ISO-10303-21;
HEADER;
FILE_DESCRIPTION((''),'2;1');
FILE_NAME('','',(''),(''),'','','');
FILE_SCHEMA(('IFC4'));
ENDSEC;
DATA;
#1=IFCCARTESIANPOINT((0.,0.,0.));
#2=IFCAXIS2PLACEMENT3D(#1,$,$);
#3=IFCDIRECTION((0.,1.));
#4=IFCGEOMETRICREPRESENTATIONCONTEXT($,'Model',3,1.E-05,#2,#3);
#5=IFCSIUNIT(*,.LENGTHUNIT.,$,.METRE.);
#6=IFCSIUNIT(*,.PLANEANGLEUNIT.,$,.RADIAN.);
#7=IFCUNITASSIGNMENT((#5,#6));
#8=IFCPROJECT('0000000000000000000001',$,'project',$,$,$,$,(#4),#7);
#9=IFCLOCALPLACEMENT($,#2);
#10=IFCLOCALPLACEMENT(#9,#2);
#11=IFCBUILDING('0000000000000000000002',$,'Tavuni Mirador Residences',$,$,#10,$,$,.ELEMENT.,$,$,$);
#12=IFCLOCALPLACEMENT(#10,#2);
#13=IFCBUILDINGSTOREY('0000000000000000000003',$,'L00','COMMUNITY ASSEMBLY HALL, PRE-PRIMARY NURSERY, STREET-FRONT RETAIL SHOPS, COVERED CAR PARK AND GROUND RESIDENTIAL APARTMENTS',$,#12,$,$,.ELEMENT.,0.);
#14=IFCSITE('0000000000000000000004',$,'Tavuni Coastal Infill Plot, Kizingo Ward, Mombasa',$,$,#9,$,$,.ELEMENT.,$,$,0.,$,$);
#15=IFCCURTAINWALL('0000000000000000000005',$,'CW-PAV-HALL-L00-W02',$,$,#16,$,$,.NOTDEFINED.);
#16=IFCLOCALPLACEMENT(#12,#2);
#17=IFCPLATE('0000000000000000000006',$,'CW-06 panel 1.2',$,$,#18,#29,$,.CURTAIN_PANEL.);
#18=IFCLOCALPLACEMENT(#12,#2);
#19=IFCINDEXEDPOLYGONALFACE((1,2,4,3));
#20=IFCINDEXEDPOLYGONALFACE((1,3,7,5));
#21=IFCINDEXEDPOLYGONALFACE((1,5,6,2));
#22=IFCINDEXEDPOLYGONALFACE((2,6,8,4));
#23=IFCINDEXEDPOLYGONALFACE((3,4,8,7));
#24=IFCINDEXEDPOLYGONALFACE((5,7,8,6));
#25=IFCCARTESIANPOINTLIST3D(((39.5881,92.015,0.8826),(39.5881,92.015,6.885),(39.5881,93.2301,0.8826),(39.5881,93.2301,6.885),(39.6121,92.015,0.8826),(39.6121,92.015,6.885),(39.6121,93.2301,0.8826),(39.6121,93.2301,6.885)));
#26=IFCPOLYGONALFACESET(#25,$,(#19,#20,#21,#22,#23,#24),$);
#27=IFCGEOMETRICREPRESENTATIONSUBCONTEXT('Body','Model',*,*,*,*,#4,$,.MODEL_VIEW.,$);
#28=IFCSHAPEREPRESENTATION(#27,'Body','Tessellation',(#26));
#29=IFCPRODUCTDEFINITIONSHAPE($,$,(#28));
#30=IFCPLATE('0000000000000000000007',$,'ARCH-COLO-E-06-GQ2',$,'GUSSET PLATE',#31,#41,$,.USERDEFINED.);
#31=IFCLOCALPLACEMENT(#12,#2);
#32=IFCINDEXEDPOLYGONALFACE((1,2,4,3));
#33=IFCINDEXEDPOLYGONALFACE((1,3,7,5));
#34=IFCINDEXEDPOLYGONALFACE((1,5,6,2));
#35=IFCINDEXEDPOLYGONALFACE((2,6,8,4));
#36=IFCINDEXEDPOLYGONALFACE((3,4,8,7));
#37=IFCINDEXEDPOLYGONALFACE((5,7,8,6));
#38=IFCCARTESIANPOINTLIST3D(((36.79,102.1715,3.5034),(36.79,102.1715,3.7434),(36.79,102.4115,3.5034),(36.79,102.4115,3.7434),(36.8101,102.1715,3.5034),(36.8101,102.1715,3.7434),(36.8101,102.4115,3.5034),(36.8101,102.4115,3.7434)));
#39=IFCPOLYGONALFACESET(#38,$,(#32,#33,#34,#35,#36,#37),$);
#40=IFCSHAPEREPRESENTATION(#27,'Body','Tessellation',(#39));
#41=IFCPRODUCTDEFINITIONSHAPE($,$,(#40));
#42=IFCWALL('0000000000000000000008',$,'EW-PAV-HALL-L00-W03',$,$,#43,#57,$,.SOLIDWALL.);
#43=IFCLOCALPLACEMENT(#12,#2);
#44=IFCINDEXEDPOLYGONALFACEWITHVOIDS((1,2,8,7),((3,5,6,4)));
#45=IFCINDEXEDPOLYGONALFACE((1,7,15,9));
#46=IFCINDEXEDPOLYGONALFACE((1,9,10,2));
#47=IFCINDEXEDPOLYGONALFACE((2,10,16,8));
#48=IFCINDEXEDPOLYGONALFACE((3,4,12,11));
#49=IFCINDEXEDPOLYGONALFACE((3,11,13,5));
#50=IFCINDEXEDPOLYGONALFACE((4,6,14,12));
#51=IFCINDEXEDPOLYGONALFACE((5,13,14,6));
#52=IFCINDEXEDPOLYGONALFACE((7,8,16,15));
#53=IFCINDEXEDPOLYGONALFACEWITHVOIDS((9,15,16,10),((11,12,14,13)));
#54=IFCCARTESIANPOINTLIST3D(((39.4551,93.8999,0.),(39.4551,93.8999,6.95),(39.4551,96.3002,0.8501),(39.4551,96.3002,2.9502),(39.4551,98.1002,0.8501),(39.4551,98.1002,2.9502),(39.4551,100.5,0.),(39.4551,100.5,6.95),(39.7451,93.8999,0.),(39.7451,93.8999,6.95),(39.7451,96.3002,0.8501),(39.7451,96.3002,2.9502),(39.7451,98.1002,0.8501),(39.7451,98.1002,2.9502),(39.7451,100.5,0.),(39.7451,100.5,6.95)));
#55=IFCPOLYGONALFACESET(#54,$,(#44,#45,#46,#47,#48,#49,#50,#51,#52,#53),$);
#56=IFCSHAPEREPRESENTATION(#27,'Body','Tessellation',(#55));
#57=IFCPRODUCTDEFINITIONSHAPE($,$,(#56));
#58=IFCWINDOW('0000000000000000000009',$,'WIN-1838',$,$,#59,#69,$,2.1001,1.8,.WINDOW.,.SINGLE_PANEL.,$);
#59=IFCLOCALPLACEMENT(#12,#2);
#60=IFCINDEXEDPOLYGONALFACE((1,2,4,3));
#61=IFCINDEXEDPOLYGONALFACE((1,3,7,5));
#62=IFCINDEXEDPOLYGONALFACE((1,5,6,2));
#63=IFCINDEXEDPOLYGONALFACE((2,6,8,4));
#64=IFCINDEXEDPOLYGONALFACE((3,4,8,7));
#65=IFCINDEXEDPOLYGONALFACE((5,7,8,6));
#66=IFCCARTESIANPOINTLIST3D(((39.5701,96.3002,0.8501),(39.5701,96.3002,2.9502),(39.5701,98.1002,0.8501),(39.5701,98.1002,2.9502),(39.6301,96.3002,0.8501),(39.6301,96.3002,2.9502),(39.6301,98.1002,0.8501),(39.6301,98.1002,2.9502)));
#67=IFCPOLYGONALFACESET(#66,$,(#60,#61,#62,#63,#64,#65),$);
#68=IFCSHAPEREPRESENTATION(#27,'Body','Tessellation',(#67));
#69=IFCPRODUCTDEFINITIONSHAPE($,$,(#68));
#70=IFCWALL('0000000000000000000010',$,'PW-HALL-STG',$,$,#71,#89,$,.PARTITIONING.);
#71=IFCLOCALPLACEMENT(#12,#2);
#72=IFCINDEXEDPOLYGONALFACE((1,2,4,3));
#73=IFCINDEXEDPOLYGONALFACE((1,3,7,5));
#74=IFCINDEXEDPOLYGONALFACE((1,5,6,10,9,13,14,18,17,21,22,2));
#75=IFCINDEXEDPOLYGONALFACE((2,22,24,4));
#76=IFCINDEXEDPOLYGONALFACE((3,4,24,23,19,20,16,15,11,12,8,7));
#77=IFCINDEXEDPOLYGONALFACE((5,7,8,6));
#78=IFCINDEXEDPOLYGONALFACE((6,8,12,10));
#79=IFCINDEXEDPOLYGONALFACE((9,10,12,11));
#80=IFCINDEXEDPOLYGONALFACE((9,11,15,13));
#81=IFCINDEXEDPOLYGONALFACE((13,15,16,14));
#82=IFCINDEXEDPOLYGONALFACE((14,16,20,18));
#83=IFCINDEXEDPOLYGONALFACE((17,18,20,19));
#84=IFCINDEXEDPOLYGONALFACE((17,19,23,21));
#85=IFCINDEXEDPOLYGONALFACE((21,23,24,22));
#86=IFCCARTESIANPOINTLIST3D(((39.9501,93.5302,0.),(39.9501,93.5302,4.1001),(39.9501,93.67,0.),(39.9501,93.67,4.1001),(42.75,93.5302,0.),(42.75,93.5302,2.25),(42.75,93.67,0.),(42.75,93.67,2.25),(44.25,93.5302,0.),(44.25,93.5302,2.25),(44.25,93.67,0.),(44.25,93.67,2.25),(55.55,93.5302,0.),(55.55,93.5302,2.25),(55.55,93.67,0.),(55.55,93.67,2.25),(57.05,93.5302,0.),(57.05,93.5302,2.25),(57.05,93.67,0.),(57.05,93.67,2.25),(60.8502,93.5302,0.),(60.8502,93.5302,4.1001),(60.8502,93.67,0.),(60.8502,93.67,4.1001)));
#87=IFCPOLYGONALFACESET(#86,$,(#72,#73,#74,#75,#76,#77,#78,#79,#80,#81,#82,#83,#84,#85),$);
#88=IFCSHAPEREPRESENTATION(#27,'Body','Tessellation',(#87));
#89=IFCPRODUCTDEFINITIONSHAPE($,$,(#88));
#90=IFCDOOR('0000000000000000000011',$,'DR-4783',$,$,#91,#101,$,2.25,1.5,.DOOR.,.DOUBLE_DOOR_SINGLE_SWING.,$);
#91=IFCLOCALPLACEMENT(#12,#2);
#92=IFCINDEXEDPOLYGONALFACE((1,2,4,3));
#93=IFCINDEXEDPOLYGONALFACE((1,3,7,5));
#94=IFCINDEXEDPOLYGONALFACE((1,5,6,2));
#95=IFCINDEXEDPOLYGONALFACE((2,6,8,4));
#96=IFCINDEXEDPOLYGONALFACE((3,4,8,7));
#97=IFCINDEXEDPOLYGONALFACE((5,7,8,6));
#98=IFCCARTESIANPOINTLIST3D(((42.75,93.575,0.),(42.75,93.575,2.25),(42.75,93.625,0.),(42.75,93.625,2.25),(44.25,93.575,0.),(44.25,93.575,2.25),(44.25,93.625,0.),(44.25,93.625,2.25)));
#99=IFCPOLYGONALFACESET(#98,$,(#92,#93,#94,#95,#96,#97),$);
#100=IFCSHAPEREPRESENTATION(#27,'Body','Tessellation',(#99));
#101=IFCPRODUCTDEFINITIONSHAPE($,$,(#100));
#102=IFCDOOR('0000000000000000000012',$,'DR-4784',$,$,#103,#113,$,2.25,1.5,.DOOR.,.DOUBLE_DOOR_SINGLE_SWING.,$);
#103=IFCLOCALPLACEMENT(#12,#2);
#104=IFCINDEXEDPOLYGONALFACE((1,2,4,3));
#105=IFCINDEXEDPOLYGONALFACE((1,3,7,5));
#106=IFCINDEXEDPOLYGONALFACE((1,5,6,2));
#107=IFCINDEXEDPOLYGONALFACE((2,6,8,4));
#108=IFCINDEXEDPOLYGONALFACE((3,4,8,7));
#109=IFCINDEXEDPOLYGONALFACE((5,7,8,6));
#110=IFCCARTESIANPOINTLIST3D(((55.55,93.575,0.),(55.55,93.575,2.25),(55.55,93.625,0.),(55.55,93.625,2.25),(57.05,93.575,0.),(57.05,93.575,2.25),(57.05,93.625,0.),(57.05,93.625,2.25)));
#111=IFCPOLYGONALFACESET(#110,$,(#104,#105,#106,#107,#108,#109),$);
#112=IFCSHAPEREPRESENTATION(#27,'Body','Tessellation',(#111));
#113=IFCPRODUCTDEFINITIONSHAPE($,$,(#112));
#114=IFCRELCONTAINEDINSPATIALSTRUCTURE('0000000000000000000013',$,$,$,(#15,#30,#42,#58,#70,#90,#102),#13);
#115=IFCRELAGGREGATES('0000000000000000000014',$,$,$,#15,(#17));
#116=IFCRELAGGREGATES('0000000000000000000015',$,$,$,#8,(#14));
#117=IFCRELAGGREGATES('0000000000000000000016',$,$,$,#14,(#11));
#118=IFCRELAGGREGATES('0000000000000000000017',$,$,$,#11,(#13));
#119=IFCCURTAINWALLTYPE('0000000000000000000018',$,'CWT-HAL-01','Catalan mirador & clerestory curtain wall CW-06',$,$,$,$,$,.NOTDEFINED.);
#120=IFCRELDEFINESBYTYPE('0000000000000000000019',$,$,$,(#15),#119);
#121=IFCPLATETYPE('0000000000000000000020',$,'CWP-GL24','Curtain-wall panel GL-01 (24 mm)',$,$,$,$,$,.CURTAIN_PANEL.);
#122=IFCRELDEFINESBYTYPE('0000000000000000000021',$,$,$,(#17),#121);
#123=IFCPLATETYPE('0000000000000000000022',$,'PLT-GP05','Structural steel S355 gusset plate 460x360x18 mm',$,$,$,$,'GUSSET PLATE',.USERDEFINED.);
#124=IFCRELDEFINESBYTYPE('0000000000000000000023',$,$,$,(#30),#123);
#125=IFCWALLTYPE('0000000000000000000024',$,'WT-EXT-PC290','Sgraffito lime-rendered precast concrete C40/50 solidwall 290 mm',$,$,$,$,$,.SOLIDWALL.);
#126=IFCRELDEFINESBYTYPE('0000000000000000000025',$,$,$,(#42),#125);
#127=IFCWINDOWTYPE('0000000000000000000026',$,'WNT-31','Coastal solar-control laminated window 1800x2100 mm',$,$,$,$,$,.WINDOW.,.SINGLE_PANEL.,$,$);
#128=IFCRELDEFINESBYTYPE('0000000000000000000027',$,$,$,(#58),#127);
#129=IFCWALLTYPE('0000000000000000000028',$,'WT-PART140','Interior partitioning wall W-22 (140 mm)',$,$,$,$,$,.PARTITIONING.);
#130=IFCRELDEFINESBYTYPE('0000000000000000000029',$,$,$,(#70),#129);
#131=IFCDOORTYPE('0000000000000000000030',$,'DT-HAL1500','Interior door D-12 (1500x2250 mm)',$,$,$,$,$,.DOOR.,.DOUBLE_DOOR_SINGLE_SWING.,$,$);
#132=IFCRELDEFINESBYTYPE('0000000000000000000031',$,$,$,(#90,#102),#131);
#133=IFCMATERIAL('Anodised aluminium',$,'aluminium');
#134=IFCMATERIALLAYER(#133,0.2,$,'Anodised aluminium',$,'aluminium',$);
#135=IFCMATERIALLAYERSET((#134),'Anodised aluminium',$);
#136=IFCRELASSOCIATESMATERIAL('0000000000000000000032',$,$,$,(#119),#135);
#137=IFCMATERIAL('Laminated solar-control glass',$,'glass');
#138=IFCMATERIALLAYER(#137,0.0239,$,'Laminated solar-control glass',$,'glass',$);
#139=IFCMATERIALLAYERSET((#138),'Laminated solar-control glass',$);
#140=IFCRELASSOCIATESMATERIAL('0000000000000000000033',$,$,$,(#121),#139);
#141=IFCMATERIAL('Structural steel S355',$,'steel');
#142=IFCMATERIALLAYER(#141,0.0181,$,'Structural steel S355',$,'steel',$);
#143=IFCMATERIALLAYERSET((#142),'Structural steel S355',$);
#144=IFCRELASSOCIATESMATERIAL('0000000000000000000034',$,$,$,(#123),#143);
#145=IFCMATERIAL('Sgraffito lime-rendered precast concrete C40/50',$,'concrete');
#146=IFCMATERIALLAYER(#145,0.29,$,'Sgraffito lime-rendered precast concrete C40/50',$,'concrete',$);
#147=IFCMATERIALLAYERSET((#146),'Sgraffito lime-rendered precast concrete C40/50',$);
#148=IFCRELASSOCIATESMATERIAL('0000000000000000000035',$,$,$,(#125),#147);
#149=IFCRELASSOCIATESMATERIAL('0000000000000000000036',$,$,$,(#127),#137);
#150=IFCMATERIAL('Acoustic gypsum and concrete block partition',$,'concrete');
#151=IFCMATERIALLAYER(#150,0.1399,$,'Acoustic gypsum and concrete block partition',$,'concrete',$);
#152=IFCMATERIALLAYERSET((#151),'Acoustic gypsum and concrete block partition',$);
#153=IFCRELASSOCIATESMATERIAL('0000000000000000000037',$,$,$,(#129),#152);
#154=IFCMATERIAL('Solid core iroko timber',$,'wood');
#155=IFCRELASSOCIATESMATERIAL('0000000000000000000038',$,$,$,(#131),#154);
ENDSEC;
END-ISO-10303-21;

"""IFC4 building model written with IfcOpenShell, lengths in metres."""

from ifc_helpers import new_model, si_unit, direction, frame, frame_2d, origin, origin_2d, place, context, subcontext, project, spatial, rectangle, extrude, material, layer, layer_set, type_object, element, fill, aggregate, save


model = new_model("IFC4")

# Units and contexts
model_context = context("Model", 3, precision=1e-05, world=origin(), true_north=direction((0.0, 1.0)))
body_context = subcontext(model_context, "Body", "Model", "MODEL_VIEW")
ifc_project = project(units=[si_unit("LENGTHUNIT", "METRE"), si_unit("PLANEANGLEUNIT", "RADIAN")], contexts=[model_context])

# Site, building, storey
site_placement = place(None, origin())
site = spatial("IfcSite", under=ifc_project, at=site_placement, Name="Tavuni Coastal Infill Plot, Kizingo Ward, Mombasa", CompositionType="ELEMENT", RefElevation=0.0)
building_placement = place(site_placement, origin())
building = spatial("IfcBuilding", under=site, at=building_placement, Name="Tavuni Mirador Residences", CompositionType="ELEMENT")
storey_placement = place(building_placement, origin())
storey = spatial("IfcBuildingStorey", under=building, at=storey_placement, Name="L00", Description="COMMUNITY ASSEMBLY HALL, PRE-PRIMARY NURSERY, STREET-FRONT RETAIL SHOPS, COVERED CAR PARK AND GROUND RESIDENTIAL APARTMENTS", CompositionType="ELEMENT", Elevation=0.0)

# Shared definitions
ifc_material_1 = material(Name="Structural steel S355", Category="steel")

# Curtain wall
ifc_material_2 = material(Name="Anodised aluminium", Category="aluminium")
ifc_layer_1 = layer(ifc_material_2, 0.2, Name="Anodised aluminium", Category="aluminium")
ifc_layer_set_1 = layer_set([ifc_layer_1], Name="Anodised aluminium")
curtain_wall_type = type_object("IfcCurtainWallType", Name="CWT-HAL-01", Description="Catalan mirador & clerestory curtain wall CW-06", PredefinedType="NOTDEFINED", material=ifc_layer_set_1)
curtain_wall_placement = place(storey_placement, origin())
curtain_wall = element("IfcCurtainWall", 1, at=curtain_wall_placement, inside=storey, type_object=curtain_wall_type, Name="CW-PAV-HALL-L00-W02", PredefinedType="NOTDEFINED")

# Plates
ifc_material_3 = material(Name="Laminated solar-control glass", Category="glass")
ifc_layer_2 = layer(ifc_material_3, 0.0239, Name="Laminated solar-control glass", Category="glass")
ifc_layer_set_2 = layer_set([ifc_layer_2], Name="Laminated solar-control glass")
plate_type_1 = type_object("IfcPlateType", Name="CWP-GL24", Description="Curtain-wall panel GL-01 (24 mm)", PredefinedType="CURTAIN_PANEL", material=ifc_layer_set_2)
plate_1_placement = place(storey_placement, frame((39.6001, 92.6226, 0.8826), z_axis=(0.0, 0.0, 1.0), x_axis=(0.0, -1.0, 0.0)))
plate_1 = element("IfcPlate", 2, at=plate_1_placement, type_object=plate_type_1, Name="CW-06 panel 1.2", PredefinedType="CURTAIN_PANEL", context=body_context, shape_type="SweptSolid", body=[
    extrude(rectangle(XDim=1.2151, YDim=0.0239, at=origin_2d()), origin(), (0.0, 0.0, 1.0), 6.0024),
])
aggregate(curtain_wall, [plate_1])
ifc_layer_3 = layer(ifc_material_1, 0.0181, Name="Structural steel S355", Category="steel")
ifc_layer_set_3 = layer_set([ifc_layer_3], Name="Structural steel S355")
plate_type_2 = type_object("IfcPlateType", Name="PLT-GP05", Description="Structural steel S355 gusset plate 460x360x18 mm", ElementType="GUSSET PLATE", PredefinedType="USERDEFINED", material=ifc_layer_set_3)
plate_2_placement = place(storey_placement, frame((36.8, 102.2915, 3.5034), z_axis=(0.0, 0.0, 1.0), x_axis=(1.0, 0.0, 0.0)))
element("IfcPlate", 3, at=plate_2_placement, inside=storey, type_object=plate_type_2, Name="ARCH-COLO-E-06-GQ2", ObjectType="GUSSET PLATE", PredefinedType="USERDEFINED", context=body_context, shape_type="SweptSolid", body=[
    extrude(rectangle(XDim=0.02, YDim=0.24, at=origin_2d()), origin(), (0.0, 0.0, 1.0), 0.24),
])

# Wall, opening, window
ifc_material_4 = material(Name="Sgraffito lime-rendered precast concrete C40/50", Category="concrete")
ifc_layer_4 = layer(ifc_material_4, 0.29, Name="Sgraffito lime-rendered precast concrete C40/50", Category="concrete")
ifc_layer_set_4 = layer_set([ifc_layer_4], Name="Sgraffito lime-rendered precast concrete C40/50")
wall_type_1 = type_object("IfcWallType", Name="WT-EXT-PC290", Description="Sgraffito lime-rendered precast concrete C40/50 solidwall 290 mm", PredefinedType="SOLIDWALL", material=ifc_layer_set_4)
wall_1_placement = place(storey_placement, frame((39.6001, 100.5, 0.0), z_axis=(0.0, 0.0, 1.0), x_axis=(0.0, -1.0, 0.0)))
wall_1 = element("IfcWall", 4, at=wall_1_placement, inside=storey, type_object=wall_type_1, Name="EW-PAV-HALL-L00-W03", PredefinedType="SOLIDWALL", context=body_context, shape_type="SweptSolid", body=[
    extrude(rectangle(XDim=6.6001, YDim=0.29, at=frame_2d((3.3, 0.0))), origin(), (0.0, 0.0, 1.0), 6.95),
])
opening_1_placement = place(wall_1_placement, frame((2.3999, 0.0, 0.8501)))
opening_1 = element("IfcOpeningElement", 5, at=opening_1_placement, cuts=wall_1, PredefinedType="OPENING", context=body_context, shape_type="SweptSolid", body=[
    extrude(rectangle(XDim=1.8, YDim=2.1001, at=frame_2d((0.8999, 1.05))), frame((0.0, 0.155, 0.0), z_axis=(0.0, -1.0, 0.0), x_axis=(1.0, 0.0, 0.0)), (0.0, 0.0, 1.0), 0.3101),
])
window_type = type_object("IfcWindowType", Name="WNT-31", Description="Coastal solar-control laminated window 1800x2100 mm", PartitioningType="SINGLE_PANEL", PredefinedType="WINDOW", material=ifc_material_3)
window_placement = place(opening_1_placement, origin())
window = element("IfcWindow", 6, at=window_placement, inside=storey, type_object=window_type, Name="WIN-1838", OverallHeight=2.1001, OverallWidth=1.8, PartitioningType="SINGLE_PANEL", PredefinedType="WINDOW", context=body_context, shape_type="SweptSolid", body=[
    extrude(rectangle(XDim=1.8, YDim=2.1001, at=frame_2d((0.8999, 1.05))), frame((0.0, 0.03, 0.0), z_axis=(0.0, -1.0, 0.0), x_axis=(1.0, 0.0, 0.0)), (0.0, 0.0, 1.0), 0.0601),
])
fill(opening_1, window)

# Wall, openings, doors
ifc_material_5 = material(Name="Acoustic gypsum and concrete block partition", Category="concrete")
ifc_layer_5 = layer(ifc_material_5, 0.1399, Name="Acoustic gypsum and concrete block partition", Category="concrete")
ifc_layer_set_5 = layer_set([ifc_layer_5], Name="Acoustic gypsum and concrete block partition")
wall_type_2 = type_object("IfcWallType", Name="WT-PART140", Description="Interior partitioning wall W-22 (140 mm)", PredefinedType="PARTITIONING", material=ifc_layer_set_5)
wall_2_placement = place(storey_placement, frame((39.95, 93.6001, 0.0), z_axis=(0.0, 0.0, 1.0), x_axis=(1.0, 0.0, 0.0)))
wall_2 = element("IfcWall", 7, at=wall_2_placement, inside=storey, type_object=wall_type_2, Name="PW-HALL-STG", PredefinedType="PARTITIONING", context=body_context, shape_type="SweptSolid", body=[
    extrude(rectangle(XDim=20.9001, YDim=0.1399, at=frame_2d((10.4502, 0.0))), origin(), (0.0, 0.0, 1.0), 4.1001),
])
opening_2_placement = place(wall_2_placement, frame((2.8, 0.0, 0.0)))
opening_2 = element("IfcOpeningElement", 8, at=opening_2_placement, cuts=wall_2, PredefinedType="OPENING", context=body_context, shape_type="SweptSolid", body=[
    extrude(rectangle(XDim=1.5, YDim=2.25, at=frame_2d((0.75, 1.125))), frame((0.0, 0.0801, 0.0), z_axis=(0.0, -1.0, 0.0), x_axis=(1.0, 0.0, 0.0)), (0.0, 0.0, 1.0), 0.1599),
])
opening_3_placement = place(wall_2_placement, frame((15.6001, 0.0, 0.0)))
opening_3 = element("IfcOpeningElement", 9, at=opening_3_placement, cuts=wall_2, PredefinedType="OPENING", context=body_context, shape_type="SweptSolid", body=[
    extrude(rectangle(XDim=1.5, YDim=2.25, at=frame_2d((0.75, 1.125))), frame((0.0, 0.0801, 0.0), z_axis=(0.0, -1.0, 0.0), x_axis=(1.0, 0.0, 0.0)), (0.0, 0.0, 1.0), 0.1599),
])
ifc_material_6 = material(Name="Solid core iroko timber", Category="wood")
door_type = type_object("IfcDoorType", Name="DT-HAL1500", Description="Interior door D-12 (1500x2250 mm)", OperationType="DOUBLE_DOOR_SINGLE_SWING", PredefinedType="DOOR", material=ifc_material_6)
door_1_placement = place(opening_2_placement, origin())
door_1 = element("IfcDoor", 10, at=door_1_placement, inside=storey, type_object=door_type, Name="DR-4783", OperationType="DOUBLE_DOOR_SINGLE_SWING", OverallHeight=2.25, OverallWidth=1.5, PredefinedType="DOOR", context=body_context, shape_type="SweptSolid", body=[
    extrude(rectangle(XDim=1.5, YDim=2.25, at=frame_2d((0.75, 1.125))), frame((0.0, 0.0249, 0.0), z_axis=(0.0, -1.0, 0.0), x_axis=(1.0, 0.0, 0.0)), (0.0, 0.0, 1.0), 0.05),
])
fill(opening_2, door_1)
door_2_placement = place(opening_3_placement, origin())
door_2 = element("IfcDoor", 11, at=door_2_placement, inside=storey, type_object=door_type, Name="DR-4784", OperationType="DOUBLE_DOOR_SINGLE_SWING", OverallHeight=2.25, OverallWidth=1.5, PredefinedType="DOOR", context=body_context, shape_type="SweptSolid", body=[
    extrude(rectangle(XDim=1.5, YDim=2.25, at=frame_2d((0.75, 1.125))), frame((0.0, 0.0249, 0.0), z_axis=(0.0, -1.0, 0.0), x_axis=(1.0, 0.0, 0.0)), (0.0, 0.0, 1.0), 0.05),
])
fill(opening_3, door_2)

save(model, "model.ifc")
